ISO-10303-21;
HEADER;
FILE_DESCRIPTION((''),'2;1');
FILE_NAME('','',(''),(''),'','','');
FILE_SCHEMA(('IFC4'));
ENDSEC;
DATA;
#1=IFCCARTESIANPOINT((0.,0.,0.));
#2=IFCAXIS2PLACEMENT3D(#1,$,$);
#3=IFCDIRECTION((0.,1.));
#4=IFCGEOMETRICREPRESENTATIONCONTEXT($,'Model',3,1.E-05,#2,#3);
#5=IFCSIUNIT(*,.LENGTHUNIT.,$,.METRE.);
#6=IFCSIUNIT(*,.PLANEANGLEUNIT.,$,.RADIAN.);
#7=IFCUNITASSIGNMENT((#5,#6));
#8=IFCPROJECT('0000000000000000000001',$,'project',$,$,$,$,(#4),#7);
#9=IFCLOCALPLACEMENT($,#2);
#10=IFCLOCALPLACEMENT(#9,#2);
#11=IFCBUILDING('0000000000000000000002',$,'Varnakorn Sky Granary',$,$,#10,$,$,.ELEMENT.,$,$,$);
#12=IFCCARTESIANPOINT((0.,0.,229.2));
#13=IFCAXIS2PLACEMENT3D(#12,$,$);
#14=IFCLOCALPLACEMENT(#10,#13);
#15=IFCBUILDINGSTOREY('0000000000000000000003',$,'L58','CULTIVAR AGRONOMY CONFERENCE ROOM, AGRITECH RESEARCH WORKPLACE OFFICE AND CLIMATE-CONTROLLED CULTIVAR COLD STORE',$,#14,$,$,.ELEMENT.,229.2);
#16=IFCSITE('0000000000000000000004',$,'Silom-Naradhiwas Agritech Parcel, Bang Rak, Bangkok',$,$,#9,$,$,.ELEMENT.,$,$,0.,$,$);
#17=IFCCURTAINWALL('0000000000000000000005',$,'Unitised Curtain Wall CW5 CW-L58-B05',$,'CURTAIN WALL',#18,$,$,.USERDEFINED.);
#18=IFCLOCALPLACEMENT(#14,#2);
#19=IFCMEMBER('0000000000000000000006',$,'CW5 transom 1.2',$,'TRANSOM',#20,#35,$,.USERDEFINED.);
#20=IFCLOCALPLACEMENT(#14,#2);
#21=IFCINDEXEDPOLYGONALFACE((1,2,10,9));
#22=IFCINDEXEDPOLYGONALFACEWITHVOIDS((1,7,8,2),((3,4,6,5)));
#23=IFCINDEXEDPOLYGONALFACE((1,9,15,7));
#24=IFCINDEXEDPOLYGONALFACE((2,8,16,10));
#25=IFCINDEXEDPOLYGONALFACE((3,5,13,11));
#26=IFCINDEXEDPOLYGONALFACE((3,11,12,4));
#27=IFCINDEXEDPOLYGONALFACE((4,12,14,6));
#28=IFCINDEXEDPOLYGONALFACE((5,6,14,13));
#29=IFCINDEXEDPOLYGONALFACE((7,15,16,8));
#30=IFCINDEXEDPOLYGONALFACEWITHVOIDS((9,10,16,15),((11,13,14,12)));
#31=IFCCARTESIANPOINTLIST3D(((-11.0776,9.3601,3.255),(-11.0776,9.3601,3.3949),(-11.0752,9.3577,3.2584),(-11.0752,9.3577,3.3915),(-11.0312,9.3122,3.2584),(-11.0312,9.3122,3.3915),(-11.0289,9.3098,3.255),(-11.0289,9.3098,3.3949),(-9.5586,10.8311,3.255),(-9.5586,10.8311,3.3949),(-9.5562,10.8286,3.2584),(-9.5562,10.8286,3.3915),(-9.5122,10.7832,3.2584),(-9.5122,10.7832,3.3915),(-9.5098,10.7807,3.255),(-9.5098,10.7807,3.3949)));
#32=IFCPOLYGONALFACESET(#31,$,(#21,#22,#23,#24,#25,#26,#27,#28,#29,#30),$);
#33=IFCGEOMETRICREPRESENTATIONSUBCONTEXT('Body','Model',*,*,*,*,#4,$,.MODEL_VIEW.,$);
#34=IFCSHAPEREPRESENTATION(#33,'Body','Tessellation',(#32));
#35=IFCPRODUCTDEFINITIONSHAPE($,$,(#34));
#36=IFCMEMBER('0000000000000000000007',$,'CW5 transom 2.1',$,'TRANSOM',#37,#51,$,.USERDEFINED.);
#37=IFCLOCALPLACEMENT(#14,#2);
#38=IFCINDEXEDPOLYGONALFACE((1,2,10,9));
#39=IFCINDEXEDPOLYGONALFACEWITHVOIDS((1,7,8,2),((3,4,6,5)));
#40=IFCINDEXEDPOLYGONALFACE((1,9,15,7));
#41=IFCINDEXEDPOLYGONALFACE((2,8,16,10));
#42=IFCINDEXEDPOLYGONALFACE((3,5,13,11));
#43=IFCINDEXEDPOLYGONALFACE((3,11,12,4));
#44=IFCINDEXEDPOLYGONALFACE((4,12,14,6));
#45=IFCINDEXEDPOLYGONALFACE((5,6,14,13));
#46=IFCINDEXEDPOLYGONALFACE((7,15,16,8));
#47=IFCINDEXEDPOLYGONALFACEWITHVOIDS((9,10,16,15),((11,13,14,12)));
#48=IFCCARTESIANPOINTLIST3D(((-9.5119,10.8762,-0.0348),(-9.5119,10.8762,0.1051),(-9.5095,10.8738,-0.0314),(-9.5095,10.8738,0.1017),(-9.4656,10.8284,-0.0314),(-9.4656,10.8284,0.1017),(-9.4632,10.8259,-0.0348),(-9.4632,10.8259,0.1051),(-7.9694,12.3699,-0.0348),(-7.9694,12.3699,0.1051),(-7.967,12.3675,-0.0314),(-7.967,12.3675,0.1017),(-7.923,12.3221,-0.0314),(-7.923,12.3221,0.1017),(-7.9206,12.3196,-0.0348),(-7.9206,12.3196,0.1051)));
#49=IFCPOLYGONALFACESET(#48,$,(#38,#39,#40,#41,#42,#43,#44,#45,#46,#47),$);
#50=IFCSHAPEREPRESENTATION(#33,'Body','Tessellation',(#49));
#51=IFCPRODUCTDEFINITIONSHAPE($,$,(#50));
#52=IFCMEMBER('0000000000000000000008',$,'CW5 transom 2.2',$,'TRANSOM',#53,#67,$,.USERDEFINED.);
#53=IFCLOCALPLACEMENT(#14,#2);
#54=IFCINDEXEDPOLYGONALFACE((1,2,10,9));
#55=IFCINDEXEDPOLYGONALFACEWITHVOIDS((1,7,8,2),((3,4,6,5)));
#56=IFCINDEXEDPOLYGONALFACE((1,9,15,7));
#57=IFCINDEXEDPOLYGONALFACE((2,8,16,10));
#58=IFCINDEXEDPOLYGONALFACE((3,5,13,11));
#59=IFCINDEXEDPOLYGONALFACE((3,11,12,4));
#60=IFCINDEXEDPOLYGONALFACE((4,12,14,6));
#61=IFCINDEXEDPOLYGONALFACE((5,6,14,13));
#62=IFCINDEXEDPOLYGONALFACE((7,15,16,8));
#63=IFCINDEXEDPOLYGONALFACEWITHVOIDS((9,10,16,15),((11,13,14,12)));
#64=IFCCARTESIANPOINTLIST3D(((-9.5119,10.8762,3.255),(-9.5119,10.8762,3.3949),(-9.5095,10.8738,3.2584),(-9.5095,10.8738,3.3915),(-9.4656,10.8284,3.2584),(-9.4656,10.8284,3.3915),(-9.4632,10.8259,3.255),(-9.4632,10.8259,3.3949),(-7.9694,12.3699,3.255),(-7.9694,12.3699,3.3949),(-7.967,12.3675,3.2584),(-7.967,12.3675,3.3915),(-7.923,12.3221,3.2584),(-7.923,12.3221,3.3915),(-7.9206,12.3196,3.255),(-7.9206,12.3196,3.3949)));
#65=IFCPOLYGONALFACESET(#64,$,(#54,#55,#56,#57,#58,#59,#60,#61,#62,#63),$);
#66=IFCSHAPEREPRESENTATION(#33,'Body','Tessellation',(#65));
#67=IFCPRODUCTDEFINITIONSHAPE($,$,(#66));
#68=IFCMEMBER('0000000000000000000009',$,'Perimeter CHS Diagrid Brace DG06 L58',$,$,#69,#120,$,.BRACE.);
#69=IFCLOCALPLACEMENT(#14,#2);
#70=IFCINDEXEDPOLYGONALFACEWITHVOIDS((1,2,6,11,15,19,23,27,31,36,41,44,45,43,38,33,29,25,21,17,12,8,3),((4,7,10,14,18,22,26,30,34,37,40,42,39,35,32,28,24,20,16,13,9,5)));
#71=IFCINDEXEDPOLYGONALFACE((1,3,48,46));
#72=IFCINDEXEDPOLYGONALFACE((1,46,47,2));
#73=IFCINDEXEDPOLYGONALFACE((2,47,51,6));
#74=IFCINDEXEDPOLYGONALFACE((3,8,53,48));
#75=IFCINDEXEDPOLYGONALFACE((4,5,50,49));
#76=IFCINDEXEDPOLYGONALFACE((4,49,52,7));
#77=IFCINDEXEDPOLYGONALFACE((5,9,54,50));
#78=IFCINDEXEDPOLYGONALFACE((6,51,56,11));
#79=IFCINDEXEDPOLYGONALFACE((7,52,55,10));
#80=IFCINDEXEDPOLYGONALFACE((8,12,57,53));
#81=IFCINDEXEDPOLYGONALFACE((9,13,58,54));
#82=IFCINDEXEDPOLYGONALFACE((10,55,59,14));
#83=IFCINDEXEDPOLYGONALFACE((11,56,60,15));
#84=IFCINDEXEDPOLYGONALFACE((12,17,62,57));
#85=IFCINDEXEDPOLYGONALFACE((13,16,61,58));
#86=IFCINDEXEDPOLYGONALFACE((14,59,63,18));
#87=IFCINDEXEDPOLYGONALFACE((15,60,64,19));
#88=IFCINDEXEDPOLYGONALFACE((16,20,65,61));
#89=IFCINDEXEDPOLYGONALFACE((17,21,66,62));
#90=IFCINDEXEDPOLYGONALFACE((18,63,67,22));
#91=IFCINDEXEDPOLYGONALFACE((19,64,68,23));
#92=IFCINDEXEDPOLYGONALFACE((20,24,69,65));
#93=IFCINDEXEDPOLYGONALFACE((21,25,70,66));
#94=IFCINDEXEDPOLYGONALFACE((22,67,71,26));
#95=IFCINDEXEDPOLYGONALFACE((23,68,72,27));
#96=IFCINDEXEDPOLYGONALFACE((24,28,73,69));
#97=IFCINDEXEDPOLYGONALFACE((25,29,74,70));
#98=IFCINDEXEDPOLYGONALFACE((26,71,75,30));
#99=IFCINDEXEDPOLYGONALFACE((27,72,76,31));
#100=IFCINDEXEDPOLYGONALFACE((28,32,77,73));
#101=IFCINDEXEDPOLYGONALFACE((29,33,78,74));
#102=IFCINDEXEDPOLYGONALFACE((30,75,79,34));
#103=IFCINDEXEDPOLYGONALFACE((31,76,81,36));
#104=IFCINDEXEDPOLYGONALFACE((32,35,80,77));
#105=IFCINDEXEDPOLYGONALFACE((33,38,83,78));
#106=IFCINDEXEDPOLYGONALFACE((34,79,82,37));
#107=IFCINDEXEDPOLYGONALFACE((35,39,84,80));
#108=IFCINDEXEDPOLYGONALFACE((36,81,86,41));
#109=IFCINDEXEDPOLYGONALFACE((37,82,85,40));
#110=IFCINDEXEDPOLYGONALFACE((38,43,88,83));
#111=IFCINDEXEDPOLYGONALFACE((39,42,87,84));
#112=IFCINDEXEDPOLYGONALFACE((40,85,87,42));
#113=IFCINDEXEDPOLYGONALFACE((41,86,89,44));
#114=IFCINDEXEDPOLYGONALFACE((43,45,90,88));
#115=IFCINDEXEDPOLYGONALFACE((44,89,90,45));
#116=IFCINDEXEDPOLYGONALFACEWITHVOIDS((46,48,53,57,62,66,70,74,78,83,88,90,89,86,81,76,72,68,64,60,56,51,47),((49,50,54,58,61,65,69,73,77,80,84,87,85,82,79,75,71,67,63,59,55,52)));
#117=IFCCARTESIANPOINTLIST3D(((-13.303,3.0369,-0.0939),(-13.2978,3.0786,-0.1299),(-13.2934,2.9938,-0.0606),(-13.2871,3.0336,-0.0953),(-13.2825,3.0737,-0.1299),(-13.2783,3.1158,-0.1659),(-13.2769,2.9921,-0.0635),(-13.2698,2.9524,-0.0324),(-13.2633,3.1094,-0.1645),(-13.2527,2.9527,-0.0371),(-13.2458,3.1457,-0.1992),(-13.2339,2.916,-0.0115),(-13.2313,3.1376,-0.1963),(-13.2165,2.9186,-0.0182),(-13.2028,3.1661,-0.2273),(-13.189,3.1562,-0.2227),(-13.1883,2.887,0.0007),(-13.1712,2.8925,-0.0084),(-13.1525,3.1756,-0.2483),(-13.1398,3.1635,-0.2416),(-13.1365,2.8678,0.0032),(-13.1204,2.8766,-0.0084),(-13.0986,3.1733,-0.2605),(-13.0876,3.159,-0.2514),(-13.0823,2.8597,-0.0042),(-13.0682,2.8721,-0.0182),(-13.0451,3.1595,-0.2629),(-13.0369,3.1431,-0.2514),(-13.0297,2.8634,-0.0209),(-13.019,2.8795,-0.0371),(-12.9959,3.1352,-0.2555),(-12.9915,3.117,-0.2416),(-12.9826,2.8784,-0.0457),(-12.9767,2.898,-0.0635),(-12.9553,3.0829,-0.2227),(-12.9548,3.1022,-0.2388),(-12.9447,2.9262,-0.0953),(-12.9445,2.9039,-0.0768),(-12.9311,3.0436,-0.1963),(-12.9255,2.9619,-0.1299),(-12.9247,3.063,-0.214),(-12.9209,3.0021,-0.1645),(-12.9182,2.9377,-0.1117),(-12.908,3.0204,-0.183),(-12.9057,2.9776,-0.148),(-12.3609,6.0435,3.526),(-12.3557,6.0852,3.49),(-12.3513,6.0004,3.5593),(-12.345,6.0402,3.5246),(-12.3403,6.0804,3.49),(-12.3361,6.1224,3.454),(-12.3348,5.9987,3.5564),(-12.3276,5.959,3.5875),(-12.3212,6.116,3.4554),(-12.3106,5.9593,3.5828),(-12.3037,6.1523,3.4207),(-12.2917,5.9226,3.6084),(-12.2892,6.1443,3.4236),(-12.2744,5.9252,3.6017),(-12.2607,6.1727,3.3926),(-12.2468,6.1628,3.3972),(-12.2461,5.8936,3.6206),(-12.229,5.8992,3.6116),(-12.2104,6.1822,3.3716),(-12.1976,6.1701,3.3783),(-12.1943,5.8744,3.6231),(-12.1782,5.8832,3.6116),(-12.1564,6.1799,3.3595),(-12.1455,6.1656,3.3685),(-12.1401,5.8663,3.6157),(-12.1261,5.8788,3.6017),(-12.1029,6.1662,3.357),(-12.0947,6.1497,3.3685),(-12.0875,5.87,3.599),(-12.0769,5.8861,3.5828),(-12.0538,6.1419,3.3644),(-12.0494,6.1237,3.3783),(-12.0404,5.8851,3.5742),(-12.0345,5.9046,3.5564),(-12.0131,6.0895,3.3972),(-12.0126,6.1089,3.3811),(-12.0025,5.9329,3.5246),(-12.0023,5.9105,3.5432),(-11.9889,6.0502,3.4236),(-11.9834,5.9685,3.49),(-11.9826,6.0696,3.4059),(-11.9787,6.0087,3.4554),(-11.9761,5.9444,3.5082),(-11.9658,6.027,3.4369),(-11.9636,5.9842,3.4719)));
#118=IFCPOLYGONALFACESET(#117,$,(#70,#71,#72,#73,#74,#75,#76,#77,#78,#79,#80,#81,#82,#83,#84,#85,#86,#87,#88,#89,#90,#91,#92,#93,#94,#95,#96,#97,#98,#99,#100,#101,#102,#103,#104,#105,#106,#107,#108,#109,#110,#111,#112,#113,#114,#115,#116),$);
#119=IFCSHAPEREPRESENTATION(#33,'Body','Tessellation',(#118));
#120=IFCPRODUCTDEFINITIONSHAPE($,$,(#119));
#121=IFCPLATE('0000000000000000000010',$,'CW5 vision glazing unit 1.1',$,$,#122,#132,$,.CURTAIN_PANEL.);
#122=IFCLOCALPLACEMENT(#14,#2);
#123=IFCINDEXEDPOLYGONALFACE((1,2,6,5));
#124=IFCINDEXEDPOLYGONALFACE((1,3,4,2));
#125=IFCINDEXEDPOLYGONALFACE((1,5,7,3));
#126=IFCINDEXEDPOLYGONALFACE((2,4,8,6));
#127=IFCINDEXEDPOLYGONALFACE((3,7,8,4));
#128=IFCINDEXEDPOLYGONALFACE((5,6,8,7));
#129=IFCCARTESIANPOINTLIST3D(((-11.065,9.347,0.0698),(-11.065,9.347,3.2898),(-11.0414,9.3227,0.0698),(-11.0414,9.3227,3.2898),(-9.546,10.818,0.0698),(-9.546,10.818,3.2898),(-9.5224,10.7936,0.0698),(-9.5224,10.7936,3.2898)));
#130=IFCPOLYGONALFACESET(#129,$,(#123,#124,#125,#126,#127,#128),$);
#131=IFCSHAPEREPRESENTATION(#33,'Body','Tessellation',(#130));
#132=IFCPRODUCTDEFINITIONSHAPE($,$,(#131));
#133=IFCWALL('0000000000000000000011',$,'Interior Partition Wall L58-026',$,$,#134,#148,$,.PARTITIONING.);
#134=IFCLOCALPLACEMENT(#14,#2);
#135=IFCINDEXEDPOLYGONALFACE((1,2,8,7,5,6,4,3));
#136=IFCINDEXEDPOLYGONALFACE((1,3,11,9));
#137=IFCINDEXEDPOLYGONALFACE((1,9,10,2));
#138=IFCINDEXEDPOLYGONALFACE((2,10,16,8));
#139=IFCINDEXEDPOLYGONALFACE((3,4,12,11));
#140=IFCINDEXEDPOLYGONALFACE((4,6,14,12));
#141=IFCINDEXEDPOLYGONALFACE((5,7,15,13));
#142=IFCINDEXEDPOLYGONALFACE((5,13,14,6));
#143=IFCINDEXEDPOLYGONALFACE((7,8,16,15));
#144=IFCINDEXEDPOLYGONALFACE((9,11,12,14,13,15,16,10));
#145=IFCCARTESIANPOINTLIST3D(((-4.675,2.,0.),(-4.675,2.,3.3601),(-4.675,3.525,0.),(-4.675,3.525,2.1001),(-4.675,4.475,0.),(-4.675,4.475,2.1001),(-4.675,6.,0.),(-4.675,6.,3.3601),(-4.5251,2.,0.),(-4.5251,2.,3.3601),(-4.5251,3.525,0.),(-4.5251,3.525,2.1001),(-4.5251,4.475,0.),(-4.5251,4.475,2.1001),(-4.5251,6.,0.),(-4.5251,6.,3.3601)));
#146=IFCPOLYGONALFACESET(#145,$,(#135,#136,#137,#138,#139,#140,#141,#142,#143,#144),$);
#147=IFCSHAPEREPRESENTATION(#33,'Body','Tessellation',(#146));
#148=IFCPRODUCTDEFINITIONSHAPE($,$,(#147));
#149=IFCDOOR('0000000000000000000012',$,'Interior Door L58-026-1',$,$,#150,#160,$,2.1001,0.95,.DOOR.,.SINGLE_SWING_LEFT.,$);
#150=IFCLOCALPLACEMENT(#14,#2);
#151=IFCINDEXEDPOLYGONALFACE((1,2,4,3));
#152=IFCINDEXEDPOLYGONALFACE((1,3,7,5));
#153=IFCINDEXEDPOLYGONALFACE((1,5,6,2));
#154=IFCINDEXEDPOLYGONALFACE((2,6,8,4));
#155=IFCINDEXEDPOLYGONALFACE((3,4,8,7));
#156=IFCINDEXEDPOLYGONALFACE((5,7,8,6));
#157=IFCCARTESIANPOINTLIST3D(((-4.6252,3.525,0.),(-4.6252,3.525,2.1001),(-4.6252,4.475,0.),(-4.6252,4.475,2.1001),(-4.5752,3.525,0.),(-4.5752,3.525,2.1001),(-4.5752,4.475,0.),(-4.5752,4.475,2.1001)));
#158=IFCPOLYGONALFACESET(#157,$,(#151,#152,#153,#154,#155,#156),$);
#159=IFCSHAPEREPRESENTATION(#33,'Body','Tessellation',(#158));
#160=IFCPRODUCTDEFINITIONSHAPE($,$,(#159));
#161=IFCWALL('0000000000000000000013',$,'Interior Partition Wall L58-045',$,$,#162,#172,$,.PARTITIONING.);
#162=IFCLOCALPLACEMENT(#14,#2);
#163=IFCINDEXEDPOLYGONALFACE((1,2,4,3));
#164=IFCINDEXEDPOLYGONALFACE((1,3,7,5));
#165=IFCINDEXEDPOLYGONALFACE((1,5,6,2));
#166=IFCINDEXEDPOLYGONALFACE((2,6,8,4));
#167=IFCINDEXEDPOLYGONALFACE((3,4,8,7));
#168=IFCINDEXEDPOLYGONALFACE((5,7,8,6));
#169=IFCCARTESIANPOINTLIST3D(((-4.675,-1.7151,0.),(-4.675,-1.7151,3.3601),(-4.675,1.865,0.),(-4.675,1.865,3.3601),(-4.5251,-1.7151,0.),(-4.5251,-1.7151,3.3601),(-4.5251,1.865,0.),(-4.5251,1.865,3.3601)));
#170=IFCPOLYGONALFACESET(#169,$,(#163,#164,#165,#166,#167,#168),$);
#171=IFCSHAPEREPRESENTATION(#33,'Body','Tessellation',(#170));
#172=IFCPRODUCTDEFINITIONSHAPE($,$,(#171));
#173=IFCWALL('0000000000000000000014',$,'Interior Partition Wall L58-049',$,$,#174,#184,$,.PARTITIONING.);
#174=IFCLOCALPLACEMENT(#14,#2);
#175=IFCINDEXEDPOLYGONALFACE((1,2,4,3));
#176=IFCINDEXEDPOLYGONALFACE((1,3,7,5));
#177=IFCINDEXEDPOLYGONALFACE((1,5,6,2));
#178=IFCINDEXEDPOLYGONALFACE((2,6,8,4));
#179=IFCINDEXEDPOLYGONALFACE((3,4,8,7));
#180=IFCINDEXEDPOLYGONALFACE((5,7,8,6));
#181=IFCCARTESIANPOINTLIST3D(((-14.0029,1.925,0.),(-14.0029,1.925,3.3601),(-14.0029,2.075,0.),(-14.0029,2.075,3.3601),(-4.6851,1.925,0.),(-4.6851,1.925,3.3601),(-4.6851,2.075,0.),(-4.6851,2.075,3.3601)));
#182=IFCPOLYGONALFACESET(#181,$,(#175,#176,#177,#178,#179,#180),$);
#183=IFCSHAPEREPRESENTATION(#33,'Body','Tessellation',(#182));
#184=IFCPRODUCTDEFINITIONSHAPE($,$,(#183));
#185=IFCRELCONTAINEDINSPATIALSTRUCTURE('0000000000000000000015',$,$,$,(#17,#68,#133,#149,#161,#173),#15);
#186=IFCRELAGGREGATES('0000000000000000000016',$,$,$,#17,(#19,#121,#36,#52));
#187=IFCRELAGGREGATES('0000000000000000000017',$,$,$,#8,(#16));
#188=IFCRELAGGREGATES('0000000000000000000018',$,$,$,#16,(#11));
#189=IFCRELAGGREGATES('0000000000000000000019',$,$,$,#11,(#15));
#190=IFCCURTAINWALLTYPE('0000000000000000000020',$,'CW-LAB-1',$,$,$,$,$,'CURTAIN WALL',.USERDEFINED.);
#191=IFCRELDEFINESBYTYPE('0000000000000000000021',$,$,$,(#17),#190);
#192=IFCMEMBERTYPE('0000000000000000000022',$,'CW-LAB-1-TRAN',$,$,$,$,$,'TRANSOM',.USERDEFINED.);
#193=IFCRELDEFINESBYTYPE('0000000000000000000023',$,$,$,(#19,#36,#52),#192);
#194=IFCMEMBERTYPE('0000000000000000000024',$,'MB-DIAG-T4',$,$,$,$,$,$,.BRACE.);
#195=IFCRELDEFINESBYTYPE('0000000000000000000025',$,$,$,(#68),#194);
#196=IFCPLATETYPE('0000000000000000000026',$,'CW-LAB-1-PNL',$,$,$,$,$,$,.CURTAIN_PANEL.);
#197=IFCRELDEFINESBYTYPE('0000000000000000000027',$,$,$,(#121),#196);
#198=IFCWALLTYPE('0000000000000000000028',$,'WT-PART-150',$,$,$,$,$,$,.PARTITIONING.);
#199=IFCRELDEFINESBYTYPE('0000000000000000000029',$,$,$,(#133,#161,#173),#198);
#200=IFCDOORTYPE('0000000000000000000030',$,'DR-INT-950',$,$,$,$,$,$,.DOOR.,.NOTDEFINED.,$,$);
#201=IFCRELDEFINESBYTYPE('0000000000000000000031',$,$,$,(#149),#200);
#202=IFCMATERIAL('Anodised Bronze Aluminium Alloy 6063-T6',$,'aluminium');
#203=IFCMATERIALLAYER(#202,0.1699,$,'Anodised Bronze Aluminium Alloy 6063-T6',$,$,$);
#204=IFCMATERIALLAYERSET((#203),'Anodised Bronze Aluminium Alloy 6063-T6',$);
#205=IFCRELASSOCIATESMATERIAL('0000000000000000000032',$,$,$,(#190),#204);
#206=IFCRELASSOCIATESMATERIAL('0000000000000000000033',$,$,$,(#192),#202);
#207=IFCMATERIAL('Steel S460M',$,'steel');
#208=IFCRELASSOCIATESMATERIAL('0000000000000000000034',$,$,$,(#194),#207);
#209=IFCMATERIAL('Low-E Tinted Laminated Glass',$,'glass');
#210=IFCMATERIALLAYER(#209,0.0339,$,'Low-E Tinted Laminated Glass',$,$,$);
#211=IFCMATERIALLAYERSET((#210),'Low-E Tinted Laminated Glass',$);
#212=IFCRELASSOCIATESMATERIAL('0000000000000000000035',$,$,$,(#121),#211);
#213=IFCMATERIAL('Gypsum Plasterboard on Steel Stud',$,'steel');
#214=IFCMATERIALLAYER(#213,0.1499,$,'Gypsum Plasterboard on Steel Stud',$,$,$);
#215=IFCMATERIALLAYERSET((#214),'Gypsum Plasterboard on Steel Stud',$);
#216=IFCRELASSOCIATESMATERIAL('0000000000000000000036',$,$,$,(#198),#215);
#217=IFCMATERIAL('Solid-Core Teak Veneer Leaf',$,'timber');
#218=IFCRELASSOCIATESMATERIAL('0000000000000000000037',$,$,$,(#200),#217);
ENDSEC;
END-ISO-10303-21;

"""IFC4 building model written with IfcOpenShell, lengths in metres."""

from ifc_helpers import new_model, si_unit, direction, frame, frame_2d, origin, origin_2d, place, context, subcontext, project, spatial, rectangle, hollow_rectangle, hollow_circle, extrude, source, transform, mapped, material, layer, layer_set, material_profile, profile_set, type_object, type_shapes, element, fill, aggregate, save


model = new_model("IFC4")

# Units and contexts
model_context = context("Model", 3, precision=1e-05, world=origin(), true_north=direction((0.0, 1.0)))
body_context = subcontext(model_context, "Body", "Model", "MODEL_VIEW")
ifc_project = project(units=[si_unit("LENGTHUNIT", "METRE"), si_unit("PLANEANGLEUNIT", "RADIAN")], contexts=[model_context])

# Site, building, storey
site_placement = place(None, origin())
site = spatial("IfcSite", under=ifc_project, at=site_placement, Name="Silom-Naradhiwas Agritech Parcel, Bang Rak, Bangkok", CompositionType="ELEMENT", RefElevation=0.0)
building_placement = place(site_placement, origin())
building = spatial("IfcBuilding", under=site, at=building_placement, Name="Varnakorn Sky Granary", CompositionType="ELEMENT")
storey_placement = place(building_placement, frame((0.0, 0.0, 229.2)))
storey = spatial("IfcBuildingStorey", under=building, at=storey_placement, Name="L58", Description="CULTIVAR AGRONOMY CONFERENCE ROOM, AGRITECH RESEARCH WORKPLACE OFFICE AND CLIMATE-CONTROLLED CULTIVAR COLD STORE", CompositionType="ELEMENT", Elevation=229.2)

# Shared definitions
ifc_material_1 = material(Name="Steel S460M", Category="steel")

# Curtain wall, members
ifc_material_2 = material(Name="Anodised Bronze Aluminium Alloy 6063-T6", Category="aluminium")
ifc_layer_1 = layer(ifc_material_2, 0.1699, Name="Anodised Bronze Aluminium Alloy 6063-T6")
ifc_layer_set_1 = layer_set([ifc_layer_1], Name="Anodised Bronze Aluminium Alloy 6063-T6")
curtain_wall_type = type_object("IfcCurtainWallType", Name="CW-LAB-1", ElementType="CURTAIN WALL", PredefinedType="USERDEFINED", material=ifc_layer_set_1)
curtain_wall_placement = place(storey_placement, origin())
curtain_wall = element("IfcCurtainWall", 1, at=curtain_wall_placement, inside=storey, type_object=curtain_wall_type, Name="Unitised Curtain Wall CW5 CW-L58-B05", ObjectType="CURTAIN WALL", PredefinedType="USERDEFINED")
ifc_material_profile_1 = material_profile(ifc_material_2, hollow_rectangle(XDim=0.0701, YDim=0.1399, WallThickness=0.0034, at=origin_2d()), Name="ALU TRAN 70x140")
ifc_profile_set_1 = profile_set([ifc_material_profile_1], Name="Anodised Bronze Aluminium Alloy 6063-T6")
member_type_1 = type_object("IfcMemberType", Name="CW-LAB-1-TRAN", ElementType="TRANSOM", PredefinedType="USERDEFINED", material=ifc_profile_set_1)
member_1_placement = place(storey_placement, frame((-11.0532, 9.335, 3.325), z_axis=(0.718388, 0.695643, 0.0), x_axis=(-0.695643, 0.718388, 0.0)))
member_1 = element("IfcMember", 2, at=member_1_placement, type_object=member_type_1, Name="CW5 transom 1.2", ObjectType="TRANSOM", PredefinedType="USERDEFINED", context=body_context, shape_type="SweptSolid", body=[
    extrude(hollow_rectangle(XDim=0.0701, YDim=0.1399, WallThickness=0.0034, at=origin_2d()), origin(), (0.0, 0.0, 1.0), 2.1145),
])
member_2_placement = place(storey_placement, frame((-9.4875, 10.8511, 0.0352), z_axis=(0.718386, 0.695645, 0.0), x_axis=(-0.695645, 0.718386, 0.0)))
member_2 = element("IfcMember", 3, at=member_2_placement, type_object=member_type_1, Name="CW5 transom 2.1", ObjectType="TRANSOM", PredefinedType="USERDEFINED", context=body_context, shape_type="SweptSolid", body=[
    extrude(hollow_rectangle(XDim=0.0701, YDim=0.1399, WallThickness=0.0034, at=origin_2d()), origin(), (0.0, 0.0, 1.0), 2.1472),
])
member_3_placement = place(storey_placement, frame((-9.4875, 10.8511, 3.325), z_axis=(0.718386, 0.695645, 0.0), x_axis=(-0.695645, 0.718386, 0.0)))
member_3 = element("IfcMember", 4, at=member_3_placement, type_object=member_type_1, Name="CW5 transom 2.2", ObjectType="TRANSOM", PredefinedType="USERDEFINED", context=body_context, shape_type="SweptSolid", body=[
    extrude(hollow_rectangle(XDim=0.0701, YDim=0.1399, WallThickness=0.0034, at=origin_2d()), origin(), (0.0, 0.0, 1.0), 2.1472),
])

# Member
ifc_material_profile_2 = material_profile(ifc_material_1, hollow_circle(Radius=0.2031, WallThickness=0.0161, at=origin_2d()), Name="CHS 406.4x16")
ifc_profile_set_2 = profile_set([ifc_material_profile_2], Name="Steel S460M")
member_type_2 = type_object("IfcMemberType", Name="MB-DIAG-T4", PredefinedType="BRACE", material=ifc_profile_set_2)
member_4_placement = place(storey_placement, frame((-13.104, 3.0178, -0.1299), z_axis=(0.196319, 0.6265, 0.754292), x_axis=(-0.954247, 0.299021, 0.0)))
element("IfcMember", 5, at=member_4_placement, inside=storey, type_object=member_type_2, Name="Perimeter CHS Diagrid Brace DG06 L58", PredefinedType="BRACE", context=body_context, shape_type="SweptSolid", body=[
    extrude(hollow_circle(Radius=0.2031, WallThickness=0.0161, at=origin_2d()), origin(), (0.0, 0.0, 1.0), 4.7991),
])

# Plate
ifc_material_3 = material(Name="Low-E Tinted Laminated Glass", Category="glass")
ifc_layer_2 = layer(ifc_material_3, 0.0339, Name="Low-E Tinted Laminated Glass")
ifc_layer_set_2 = layer_set([ifc_layer_2], Name="Low-E Tinted Laminated Glass")
plate_type = type_object("IfcPlateType", Name="CW-LAB-1-PNL", PredefinedType="CURTAIN_PANEL")
shared_shape_1 = source(origin(), body_context, "Body", "SweptSolid", [
    extrude(rectangle(XDim=2.1145, YDim=0.0339, at=origin_2d()), origin(), (0.0, 0.0, 1.0), 3.22),
])
type_shapes(plate_type, [shared_shape_1])
plate_placement = place(storey_placement, frame((-10.2937, 10.0703, 0.0698), z_axis=(0.0, 0.0, 1.0), x_axis=(0.71839, 0.69564, 0.0)))
plate = element("IfcPlate", 6, at=plate_placement, type_object=plate_type, material=ifc_layer_set_2, Name="CW5 vision glazing unit 1.1", PredefinedType="CURTAIN_PANEL", context=body_context, shape_type="MappedRepresentation", body=[
    mapped(shared_shape_1, transform((0.0, 0.0, 0.0), x_axis=(1.0, 0.0, 0.0), y_axis=(0.0, 1.0, 0.0), z_axis=(0.0, 0.0, 1.0), scale=1.0)),
])
aggregate(curtain_wall, [member_1, plate, member_2, member_3])

# Wall, opening, door
ifc_material_4 = material(Name="Gypsum Plasterboard on Steel Stud", Category="steel")
ifc_layer_3 = layer(ifc_material_4, 0.1499, Name="Gypsum Plasterboard on Steel Stud")
ifc_layer_set_3 = layer_set([ifc_layer_3], Name="Gypsum Plasterboard on Steel Stud")
wall_type = type_object("IfcWallType", Name="WT-PART-150", PredefinedType="PARTITIONING", material=ifc_layer_set_3)
wall_1_placement = place(storey_placement, frame((-4.6001, 6.0, 0.0), z_axis=(0.0, 0.0, 1.0), x_axis=(0.0, -1.0, 0.0)))
wall_1 = element("IfcWall", 7, at=wall_1_placement, inside=storey, type_object=wall_type, Name="Interior Partition Wall L58-026", PredefinedType="PARTITIONING", context=body_context, shape_type="SweptSolid", body=[
    extrude(rectangle(XDim=4.0, YDim=0.1499, at=frame_2d((2.0, 0.0))), origin(), (0.0, 0.0, 1.0), 3.3601),
])
opening_placement = place(wall_1_placement, frame((1.5249, 0.0, 0.0)))
opening = element("IfcOpeningElement", 8, at=opening_placement, cuts=wall_1, PredefinedType="OPENING", context=body_context, shape_type="SweptSolid", body=[
    extrude(rectangle(XDim=0.95, YDim=2.1001, at=frame_2d((0.4751, 1.05))), frame((0.0, 0.085, 0.0), z_axis=(0.0, -1.0, 0.0), x_axis=(1.0, 0.0, 0.0)), (0.0, 0.0, 1.0), 0.1699),
])
ifc_material_5 = material(Name="Solid-Core Teak Veneer Leaf", Category="timber")
door_type = type_object("IfcDoorType", Name="DR-INT-950", OperationType="NOTDEFINED", PredefinedType="DOOR", material=ifc_material_5)
door_placement = place(opening_placement, origin())
door = element("IfcDoor", 9, at=door_placement, inside=storey, type_object=door_type, Name="Interior Door L58-026-1", OperationType="SINGLE_SWING_LEFT", OverallHeight=2.1001, OverallWidth=0.95, PredefinedType="DOOR", context=body_context, shape_type="SweptSolid", body=[
    extrude(rectangle(XDim=0.95, YDim=2.1001, at=frame_2d((0.4751, 1.05))), frame((0.0, 0.0249, 0.0), z_axis=(0.0, -1.0, 0.0), x_axis=(1.0, 0.0, 0.0)), (0.0, 0.0, 1.0), 0.05),
])
fill(opening, door)

# Walls
wall_2_placement = place(storey_placement, frame((-4.6001, 1.865, 0.0), z_axis=(0.0, 0.0, 1.0), x_axis=(0.0, -1.0, 0.0)))
element("IfcWall", 10, at=wall_2_placement, inside=storey, type_object=wall_type, Name="Interior Partition Wall L58-045", PredefinedType="PARTITIONING", context=body_context, shape_type="SweptSolid", body=[
    extrude(rectangle(XDim=3.5801, YDim=0.1499, at=frame_2d((1.79, 0.0))), origin(), (0.0, 0.0, 1.0), 3.3601),
])
wall_3_placement = place(storey_placement, frame((-14.0029, 2.0, 0.0), z_axis=(0.0, 0.0, 1.0), x_axis=(1.0, 0.0, 0.0)))
element("IfcWall", 11, at=wall_3_placement, inside=storey, type_object=wall_type, Name="Interior Partition Wall L58-049", PredefinedType="PARTITIONING", context=body_context, shape_type="SweptSolid", body=[
    extrude(rectangle(XDim=9.3179, YDim=0.1499, at=frame_2d((4.6589, 0.0))), origin(), (0.0, 0.0, 1.0), 3.3601),
])

save(model, "model.ifc")
